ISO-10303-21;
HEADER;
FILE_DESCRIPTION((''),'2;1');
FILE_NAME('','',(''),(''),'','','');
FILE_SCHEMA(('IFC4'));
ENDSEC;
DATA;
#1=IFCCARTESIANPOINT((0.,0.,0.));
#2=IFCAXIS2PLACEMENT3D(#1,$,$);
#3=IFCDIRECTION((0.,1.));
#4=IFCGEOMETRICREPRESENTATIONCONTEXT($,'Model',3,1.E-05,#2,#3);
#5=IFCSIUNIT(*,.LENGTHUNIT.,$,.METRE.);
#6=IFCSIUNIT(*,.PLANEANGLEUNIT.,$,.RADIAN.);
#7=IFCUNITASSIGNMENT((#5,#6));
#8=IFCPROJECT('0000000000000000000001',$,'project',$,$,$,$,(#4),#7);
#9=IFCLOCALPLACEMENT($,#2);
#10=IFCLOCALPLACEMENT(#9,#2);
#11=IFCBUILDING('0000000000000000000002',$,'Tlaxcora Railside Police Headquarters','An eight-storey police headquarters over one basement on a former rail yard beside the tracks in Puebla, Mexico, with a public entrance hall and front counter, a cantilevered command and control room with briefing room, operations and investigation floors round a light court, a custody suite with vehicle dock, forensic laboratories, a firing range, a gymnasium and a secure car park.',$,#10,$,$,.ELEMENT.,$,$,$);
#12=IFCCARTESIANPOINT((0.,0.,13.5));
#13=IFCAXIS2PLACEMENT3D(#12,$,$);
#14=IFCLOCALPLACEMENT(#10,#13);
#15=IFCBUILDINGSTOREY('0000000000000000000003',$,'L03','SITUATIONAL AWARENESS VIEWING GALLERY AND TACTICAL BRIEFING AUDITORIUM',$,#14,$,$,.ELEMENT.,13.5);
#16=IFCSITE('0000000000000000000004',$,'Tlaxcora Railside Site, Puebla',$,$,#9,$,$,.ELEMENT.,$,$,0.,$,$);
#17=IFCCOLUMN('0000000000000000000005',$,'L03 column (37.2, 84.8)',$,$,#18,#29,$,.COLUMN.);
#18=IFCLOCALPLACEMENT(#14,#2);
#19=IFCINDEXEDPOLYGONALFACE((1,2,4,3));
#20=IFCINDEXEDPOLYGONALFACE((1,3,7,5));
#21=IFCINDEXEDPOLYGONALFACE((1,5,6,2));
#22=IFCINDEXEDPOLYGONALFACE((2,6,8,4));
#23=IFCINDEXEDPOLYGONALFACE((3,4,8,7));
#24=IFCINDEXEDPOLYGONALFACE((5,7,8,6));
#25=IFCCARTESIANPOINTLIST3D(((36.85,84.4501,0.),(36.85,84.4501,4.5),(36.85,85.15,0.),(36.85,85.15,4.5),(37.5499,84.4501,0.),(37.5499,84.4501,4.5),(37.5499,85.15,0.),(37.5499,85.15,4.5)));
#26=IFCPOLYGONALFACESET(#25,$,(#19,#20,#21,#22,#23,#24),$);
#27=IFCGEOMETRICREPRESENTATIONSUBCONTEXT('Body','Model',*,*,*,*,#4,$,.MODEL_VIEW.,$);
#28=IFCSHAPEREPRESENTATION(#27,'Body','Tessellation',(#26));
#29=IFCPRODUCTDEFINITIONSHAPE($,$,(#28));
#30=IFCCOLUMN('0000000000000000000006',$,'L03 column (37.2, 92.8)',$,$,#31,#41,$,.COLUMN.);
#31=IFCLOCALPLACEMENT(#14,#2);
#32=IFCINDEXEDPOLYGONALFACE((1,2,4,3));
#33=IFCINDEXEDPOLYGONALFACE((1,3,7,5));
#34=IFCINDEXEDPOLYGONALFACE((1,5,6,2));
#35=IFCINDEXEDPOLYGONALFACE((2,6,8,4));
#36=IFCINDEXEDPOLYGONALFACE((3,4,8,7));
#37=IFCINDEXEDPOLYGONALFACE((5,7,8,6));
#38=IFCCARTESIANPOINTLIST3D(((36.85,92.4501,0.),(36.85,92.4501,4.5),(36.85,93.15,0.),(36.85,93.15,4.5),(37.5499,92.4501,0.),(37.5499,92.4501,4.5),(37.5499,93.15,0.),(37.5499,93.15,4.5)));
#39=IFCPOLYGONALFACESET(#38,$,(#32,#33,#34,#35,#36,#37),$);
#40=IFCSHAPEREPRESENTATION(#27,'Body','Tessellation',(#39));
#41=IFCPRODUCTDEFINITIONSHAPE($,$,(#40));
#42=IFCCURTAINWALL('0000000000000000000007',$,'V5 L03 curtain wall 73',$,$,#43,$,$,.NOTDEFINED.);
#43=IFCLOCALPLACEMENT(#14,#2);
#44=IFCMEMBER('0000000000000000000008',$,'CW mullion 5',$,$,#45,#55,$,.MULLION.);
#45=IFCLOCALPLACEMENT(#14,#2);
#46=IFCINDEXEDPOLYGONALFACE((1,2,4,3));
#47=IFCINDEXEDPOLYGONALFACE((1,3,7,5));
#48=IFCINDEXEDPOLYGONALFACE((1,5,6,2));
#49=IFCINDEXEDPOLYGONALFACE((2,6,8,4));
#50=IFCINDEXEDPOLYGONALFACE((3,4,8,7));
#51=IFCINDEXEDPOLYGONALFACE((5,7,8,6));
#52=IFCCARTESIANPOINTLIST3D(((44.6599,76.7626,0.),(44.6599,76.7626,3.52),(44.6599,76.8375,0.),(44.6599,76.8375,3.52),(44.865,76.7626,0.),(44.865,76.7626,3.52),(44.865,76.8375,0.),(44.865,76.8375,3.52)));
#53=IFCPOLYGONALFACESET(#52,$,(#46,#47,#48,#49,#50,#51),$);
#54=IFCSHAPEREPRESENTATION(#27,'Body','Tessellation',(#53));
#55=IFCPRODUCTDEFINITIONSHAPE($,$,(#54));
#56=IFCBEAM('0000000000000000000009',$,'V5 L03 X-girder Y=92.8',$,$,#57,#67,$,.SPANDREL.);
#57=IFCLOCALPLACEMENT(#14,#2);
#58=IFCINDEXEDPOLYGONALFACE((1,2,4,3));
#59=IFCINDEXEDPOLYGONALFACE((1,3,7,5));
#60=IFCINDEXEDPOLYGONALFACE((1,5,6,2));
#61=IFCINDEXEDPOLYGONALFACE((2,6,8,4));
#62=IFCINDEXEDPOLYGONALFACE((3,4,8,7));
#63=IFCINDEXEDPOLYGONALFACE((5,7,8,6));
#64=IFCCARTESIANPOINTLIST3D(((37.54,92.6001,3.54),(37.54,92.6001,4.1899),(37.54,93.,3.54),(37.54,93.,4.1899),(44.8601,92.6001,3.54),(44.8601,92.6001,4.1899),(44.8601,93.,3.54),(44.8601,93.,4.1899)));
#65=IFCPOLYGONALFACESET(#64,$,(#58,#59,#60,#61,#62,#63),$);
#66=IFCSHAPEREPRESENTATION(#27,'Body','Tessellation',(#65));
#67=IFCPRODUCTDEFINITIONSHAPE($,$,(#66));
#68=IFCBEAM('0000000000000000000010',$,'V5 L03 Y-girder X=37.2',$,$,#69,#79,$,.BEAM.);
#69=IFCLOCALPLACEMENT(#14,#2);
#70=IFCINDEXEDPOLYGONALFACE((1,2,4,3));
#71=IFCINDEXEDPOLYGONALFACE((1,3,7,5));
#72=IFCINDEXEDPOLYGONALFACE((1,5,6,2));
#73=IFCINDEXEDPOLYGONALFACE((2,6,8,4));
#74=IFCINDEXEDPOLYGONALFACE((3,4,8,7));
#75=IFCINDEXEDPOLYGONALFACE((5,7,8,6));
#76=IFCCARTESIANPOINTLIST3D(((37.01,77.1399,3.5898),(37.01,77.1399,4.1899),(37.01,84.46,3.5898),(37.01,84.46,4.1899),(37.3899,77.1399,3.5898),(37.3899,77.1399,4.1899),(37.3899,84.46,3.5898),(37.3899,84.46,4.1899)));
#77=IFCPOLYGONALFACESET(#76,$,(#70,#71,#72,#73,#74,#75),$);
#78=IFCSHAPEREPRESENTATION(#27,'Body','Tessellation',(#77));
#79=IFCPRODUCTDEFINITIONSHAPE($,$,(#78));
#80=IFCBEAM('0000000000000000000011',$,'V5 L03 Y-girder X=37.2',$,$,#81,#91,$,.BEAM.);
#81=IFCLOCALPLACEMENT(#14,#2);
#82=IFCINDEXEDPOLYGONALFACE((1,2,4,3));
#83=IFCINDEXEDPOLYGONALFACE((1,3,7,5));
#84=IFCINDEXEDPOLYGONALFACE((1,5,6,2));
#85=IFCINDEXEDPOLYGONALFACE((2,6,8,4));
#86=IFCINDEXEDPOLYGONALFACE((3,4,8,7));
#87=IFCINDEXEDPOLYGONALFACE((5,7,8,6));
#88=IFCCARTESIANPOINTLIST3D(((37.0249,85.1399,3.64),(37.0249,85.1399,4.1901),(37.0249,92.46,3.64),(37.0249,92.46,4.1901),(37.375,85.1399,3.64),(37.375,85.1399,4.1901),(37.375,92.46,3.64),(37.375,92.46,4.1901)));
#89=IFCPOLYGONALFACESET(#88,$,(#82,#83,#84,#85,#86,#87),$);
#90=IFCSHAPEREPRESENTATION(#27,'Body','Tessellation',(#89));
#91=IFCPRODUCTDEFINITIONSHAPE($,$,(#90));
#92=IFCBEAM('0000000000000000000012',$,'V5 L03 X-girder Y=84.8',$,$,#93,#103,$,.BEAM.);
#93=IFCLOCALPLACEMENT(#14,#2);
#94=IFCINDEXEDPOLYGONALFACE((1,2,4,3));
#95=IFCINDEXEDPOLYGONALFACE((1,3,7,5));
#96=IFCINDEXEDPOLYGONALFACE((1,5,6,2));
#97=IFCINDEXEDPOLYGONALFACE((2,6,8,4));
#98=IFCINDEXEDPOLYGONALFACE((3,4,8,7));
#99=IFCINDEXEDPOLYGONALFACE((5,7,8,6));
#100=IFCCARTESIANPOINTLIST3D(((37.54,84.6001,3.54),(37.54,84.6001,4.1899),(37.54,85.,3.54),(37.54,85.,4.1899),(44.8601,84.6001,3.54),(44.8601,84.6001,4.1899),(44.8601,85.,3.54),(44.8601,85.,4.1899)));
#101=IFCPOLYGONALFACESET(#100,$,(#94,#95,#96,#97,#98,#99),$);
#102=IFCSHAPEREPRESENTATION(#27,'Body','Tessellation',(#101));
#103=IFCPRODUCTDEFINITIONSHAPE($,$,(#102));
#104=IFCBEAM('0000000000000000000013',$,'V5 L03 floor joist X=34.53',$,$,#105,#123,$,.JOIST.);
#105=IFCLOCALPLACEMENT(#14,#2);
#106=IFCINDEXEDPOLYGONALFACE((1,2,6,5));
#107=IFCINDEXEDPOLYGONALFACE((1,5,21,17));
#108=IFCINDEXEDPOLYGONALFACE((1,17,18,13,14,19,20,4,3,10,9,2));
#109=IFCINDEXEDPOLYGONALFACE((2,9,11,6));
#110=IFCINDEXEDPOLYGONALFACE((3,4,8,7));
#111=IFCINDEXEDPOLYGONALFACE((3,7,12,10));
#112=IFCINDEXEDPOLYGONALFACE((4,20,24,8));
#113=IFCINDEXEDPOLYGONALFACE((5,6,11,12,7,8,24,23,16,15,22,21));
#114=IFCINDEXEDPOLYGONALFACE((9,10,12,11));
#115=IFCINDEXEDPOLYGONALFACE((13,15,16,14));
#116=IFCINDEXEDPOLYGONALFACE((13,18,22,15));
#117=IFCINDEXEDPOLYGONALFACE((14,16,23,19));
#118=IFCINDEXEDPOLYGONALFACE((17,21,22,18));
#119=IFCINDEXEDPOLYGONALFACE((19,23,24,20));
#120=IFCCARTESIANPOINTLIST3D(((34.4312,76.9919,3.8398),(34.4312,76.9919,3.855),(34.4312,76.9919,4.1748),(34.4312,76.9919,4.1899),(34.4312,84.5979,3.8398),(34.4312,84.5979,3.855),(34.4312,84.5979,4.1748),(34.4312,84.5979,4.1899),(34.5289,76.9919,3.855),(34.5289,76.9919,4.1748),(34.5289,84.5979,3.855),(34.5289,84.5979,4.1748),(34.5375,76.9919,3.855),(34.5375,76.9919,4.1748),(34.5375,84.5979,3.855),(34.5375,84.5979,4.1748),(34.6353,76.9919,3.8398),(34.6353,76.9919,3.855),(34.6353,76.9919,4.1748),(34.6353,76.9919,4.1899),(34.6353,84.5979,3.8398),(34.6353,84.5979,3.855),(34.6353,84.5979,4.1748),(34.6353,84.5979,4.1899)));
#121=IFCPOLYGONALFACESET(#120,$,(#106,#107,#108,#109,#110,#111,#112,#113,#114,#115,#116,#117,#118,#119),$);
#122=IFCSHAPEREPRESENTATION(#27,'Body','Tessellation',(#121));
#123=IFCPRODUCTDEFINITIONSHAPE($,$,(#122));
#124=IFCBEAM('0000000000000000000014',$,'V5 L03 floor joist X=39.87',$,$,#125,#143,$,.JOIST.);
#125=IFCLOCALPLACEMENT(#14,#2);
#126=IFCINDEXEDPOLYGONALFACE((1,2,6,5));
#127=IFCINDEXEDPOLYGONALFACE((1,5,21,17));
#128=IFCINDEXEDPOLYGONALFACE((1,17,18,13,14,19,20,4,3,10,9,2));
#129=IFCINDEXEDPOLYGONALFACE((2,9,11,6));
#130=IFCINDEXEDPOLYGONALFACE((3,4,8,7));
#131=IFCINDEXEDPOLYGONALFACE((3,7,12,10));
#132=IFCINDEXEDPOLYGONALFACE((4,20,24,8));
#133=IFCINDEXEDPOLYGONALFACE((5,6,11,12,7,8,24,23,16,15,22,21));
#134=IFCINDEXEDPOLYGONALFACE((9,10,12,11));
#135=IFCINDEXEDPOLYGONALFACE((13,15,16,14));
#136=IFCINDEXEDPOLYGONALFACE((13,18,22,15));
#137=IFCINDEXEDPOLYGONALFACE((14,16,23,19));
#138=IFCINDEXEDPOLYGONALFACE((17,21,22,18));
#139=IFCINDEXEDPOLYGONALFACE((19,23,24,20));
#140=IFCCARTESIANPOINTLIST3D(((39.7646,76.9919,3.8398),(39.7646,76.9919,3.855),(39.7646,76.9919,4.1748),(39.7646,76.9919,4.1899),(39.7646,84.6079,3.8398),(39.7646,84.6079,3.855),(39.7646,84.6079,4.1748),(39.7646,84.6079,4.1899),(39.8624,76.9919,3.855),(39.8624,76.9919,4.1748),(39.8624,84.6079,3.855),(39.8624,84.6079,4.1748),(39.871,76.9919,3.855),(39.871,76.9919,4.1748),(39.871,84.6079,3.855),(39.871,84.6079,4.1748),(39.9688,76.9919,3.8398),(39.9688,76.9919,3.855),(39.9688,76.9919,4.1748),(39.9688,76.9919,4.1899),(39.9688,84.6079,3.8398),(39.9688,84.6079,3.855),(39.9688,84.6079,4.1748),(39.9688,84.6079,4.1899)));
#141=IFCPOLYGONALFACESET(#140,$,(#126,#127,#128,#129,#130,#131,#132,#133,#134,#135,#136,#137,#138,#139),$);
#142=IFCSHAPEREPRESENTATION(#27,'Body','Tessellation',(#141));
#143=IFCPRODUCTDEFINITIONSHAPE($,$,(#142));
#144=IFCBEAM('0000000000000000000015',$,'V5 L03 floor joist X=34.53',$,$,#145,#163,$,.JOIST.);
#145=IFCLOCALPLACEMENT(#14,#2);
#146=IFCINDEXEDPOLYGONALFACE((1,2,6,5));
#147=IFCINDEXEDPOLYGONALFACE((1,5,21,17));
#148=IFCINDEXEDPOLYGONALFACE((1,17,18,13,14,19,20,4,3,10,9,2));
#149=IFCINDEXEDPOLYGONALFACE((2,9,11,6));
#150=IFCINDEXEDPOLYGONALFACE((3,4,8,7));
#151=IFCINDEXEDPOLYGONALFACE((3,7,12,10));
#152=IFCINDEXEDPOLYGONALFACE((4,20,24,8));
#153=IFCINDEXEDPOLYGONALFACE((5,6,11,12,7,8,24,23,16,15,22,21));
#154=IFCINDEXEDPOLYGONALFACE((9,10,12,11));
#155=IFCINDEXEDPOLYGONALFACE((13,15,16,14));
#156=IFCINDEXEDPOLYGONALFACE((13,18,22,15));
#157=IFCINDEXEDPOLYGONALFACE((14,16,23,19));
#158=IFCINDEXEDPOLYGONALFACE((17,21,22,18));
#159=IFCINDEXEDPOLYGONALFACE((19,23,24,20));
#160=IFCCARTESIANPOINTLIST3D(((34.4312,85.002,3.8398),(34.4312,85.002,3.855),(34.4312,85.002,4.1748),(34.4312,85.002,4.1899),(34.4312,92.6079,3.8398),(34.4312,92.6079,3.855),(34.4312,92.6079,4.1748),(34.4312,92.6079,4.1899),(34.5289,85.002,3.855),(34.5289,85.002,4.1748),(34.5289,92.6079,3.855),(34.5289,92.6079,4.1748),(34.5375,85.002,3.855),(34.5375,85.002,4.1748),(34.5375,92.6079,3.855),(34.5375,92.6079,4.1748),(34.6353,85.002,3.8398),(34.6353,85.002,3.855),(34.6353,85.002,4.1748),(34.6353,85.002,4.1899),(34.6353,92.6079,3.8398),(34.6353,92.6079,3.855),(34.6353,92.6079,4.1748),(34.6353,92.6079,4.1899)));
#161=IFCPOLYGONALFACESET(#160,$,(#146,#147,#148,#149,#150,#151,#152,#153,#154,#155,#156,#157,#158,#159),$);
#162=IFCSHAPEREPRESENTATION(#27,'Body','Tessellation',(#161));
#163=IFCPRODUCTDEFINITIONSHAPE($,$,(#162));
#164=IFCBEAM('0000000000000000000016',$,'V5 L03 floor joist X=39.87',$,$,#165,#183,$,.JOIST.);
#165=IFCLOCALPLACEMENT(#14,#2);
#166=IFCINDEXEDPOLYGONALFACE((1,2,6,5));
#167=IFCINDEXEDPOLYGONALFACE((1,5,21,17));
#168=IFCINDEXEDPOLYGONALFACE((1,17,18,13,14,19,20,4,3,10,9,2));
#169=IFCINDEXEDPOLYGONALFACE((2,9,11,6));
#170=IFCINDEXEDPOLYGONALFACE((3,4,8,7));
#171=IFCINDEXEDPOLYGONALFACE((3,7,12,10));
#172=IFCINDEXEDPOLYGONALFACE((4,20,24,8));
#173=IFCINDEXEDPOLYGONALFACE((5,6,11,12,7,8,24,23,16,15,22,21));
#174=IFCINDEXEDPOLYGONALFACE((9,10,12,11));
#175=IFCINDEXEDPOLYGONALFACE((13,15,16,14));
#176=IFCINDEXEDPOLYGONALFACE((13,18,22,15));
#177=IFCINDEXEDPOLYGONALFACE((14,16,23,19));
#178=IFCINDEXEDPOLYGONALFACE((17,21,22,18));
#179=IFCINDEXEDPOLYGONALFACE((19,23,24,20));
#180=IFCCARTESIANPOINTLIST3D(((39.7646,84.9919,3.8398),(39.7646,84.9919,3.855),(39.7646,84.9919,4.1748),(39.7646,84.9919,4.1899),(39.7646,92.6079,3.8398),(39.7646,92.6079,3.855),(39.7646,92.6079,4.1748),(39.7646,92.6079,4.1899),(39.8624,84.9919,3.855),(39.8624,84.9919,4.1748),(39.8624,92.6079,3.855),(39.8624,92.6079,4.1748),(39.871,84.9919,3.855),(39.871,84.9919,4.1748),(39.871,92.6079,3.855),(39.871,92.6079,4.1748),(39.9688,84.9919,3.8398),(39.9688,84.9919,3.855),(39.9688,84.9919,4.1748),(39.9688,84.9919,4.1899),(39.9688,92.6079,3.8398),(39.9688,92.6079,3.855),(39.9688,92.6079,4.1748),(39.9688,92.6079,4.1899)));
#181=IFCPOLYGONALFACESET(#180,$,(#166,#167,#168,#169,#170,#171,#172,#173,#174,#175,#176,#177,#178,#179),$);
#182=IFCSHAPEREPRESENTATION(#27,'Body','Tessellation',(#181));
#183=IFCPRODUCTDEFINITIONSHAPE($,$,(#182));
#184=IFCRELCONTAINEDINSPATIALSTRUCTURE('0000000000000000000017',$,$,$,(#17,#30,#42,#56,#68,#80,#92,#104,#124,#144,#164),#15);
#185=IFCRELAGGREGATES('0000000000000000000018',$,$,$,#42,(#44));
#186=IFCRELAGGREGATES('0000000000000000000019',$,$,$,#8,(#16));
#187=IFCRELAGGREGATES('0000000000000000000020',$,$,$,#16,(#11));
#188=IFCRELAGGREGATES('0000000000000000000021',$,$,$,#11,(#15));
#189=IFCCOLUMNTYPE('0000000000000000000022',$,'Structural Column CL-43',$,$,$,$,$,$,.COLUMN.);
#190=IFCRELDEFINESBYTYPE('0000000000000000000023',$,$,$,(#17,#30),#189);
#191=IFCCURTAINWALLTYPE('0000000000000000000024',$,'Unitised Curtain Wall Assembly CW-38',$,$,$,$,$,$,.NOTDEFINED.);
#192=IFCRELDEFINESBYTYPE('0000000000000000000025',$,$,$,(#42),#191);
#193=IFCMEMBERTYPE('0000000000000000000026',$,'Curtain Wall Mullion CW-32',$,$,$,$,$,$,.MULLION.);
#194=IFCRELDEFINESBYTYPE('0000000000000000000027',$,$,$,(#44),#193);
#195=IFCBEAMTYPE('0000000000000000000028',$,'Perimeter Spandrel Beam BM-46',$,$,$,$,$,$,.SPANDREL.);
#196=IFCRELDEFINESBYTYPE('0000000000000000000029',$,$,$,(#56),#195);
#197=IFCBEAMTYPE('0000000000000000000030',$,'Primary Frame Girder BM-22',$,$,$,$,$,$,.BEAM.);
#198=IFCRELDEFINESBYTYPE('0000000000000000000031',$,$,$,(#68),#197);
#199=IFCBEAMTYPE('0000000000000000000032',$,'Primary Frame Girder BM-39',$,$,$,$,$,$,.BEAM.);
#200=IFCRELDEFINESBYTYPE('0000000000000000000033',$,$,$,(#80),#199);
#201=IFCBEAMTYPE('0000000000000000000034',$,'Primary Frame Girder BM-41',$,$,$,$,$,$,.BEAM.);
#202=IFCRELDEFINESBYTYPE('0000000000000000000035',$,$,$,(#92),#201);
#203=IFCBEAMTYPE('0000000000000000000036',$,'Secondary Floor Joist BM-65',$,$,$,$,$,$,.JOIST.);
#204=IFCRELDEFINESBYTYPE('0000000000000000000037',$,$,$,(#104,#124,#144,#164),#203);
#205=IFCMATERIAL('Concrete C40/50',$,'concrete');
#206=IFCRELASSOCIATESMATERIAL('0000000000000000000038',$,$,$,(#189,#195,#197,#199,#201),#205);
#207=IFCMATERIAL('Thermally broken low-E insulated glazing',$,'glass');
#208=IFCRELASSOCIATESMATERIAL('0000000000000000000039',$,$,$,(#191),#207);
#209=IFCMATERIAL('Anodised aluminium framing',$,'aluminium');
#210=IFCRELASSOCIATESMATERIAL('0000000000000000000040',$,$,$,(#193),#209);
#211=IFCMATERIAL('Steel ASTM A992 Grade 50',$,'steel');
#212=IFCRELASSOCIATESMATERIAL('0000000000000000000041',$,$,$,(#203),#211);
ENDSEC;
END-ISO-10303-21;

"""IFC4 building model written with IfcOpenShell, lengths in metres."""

from ifc_helpers import new_model, si_unit, direction, frame, origin, origin_2d, place, context, subcontext, project, spatial, rectangle, i_section, extrude, material, material_profile, profile_set, type_object, element, aggregate, save


model = new_model("IFC4")

# Units and contexts
model_context = context("Model", 3, precision=1e-05, world=origin(), true_north=direction((0.0, 1.0)))
body_context = subcontext(model_context, "Body", "Model", "MODEL_VIEW")
ifc_project = project(units=[si_unit("LENGTHUNIT", "METRE"), si_unit("PLANEANGLEUNIT", "RADIAN")], contexts=[model_context])

# Site, building, storey
site_placement = place(None, origin())
site = spatial("IfcSite", under=ifc_project, at=site_placement, Name="Tlaxcora Railside Site, Puebla", CompositionType="ELEMENT", RefElevation=0.0)
building_placement = place(site_placement, origin())
building = spatial("IfcBuilding", under=site, at=building_placement, Name="Tlaxcora Railside Police Headquarters", Description="An eight-storey police headquarters over one basement on a former rail yard beside the tracks in Puebla, Mexico, with a public entrance hall and front counter, a cantilevered command and control room with briefing room, operations and investigation floors round a light court, a custody suite with vehicle dock, forensic laboratories, a firing range, a gymnasium and a secure car park.", CompositionType="ELEMENT")
storey_placement = place(building_placement, frame((0.0, 0.0, 13.5)))
storey = spatial("IfcBuildingStorey", under=building, at=storey_placement, Name="L03", Description="SITUATIONAL AWARENESS VIEWING GALLERY AND TACTICAL BRIEFING AUDITORIUM", CompositionType="ELEMENT", Elevation=13.5)

# Columns
ifc_material_1 = material(Name="Concrete C40/50", Category="concrete")
ifc_material_profile_1 = material_profile(ifc_material_1, rectangle(XDim=0.7, YDim=0.7, at=origin_2d()), Name="RC700X700")
ifc_profile_set_1 = profile_set([ifc_material_profile_1], Name="Concrete C40/50")
column_type = type_object("IfcColumnType", Name="Structural Column CL-43", PredefinedType="COLUMN", material=ifc_profile_set_1)
for number, where, z_axis, x_axis, name in (
    (1, (37.2, 84.8, 0.0), (0.0, 0.0, 1.0), (1.0, 0.0, 0.0), "L03 column (37.2, 84.8)"),
    (2, (37.2, 92.8, 0.0), (0.0, 0.0, 1.0), (1.0, 0.0, 0.0), "L03 column (37.2, 92.8)"),
):
    element("IfcColumn", number, at=place(storey_placement, frame(where, z_axis=z_axis, x_axis=x_axis)), inside=storey, type_object=column_type, Name=name, PredefinedType="COLUMN", context=body_context, shape_type="SweptSolid", body=[
        extrude(rectangle(XDim=0.7, YDim=0.7, at=origin_2d()), origin(), (0.0, 0.0, 1.0), 4.5),
    ])

# Curtain wall, member
ifc_material_2 = material(Name="Thermally broken low-E insulated glazing", Category="glass")
curtain_wall_type = type_object("IfcCurtainWallType", Name="Unitised Curtain Wall Assembly CW-38", PredefinedType="NOTDEFINED", material=ifc_material_2)
curtain_wall_placement = place(storey_placement, origin())
curtain_wall = element("IfcCurtainWall", 3, at=curtain_wall_placement, inside=storey, type_object=curtain_wall_type, Name="V5 L03 curtain wall 73", PredefinedType="NOTDEFINED")
ifc_material_3 = material(Name="Anodised aluminium framing", Category="aluminium")
ifc_material_profile_2 = material_profile(ifc_material_3, rectangle(XDim=0.075, YDim=0.2051, at=origin_2d()), Name="AL75X205")
ifc_profile_set_2 = profile_set([ifc_material_profile_2], Name="Anodised aluminium framing")
member_type = type_object("IfcMemberType", Name="Curtain Wall Mullion CW-32", PredefinedType="MULLION", material=ifc_profile_set_2)
member_placement = place(storey_placement, frame((44.7625, 76.8, 0.0), z_axis=(0.0, 0.0, 1.0), x_axis=(0.0, 1.0, 0.0)))
member = element("IfcMember", 4, at=member_placement, type_object=member_type, Name="CW mullion 5", PredefinedType="MULLION", context=body_context, shape_type="SweptSolid", body=[
    extrude(rectangle(XDim=0.075, YDim=0.2051, at=origin_2d()), origin(), (0.0, 0.0, 1.0), 3.52),
])

# Beams
ifc_material_profile_3 = material_profile(ifc_material_1, rectangle(XDim=0.3999, YDim=0.6499, at=origin_2d()), Name="RC400X650")
ifc_profile_set_3 = profile_set([ifc_material_profile_3], Name="Concrete C40/50")
beam_type_1 = type_object("IfcBeamType", Name="Perimeter Spandrel Beam BM-46", PredefinedType="SPANDREL", material=ifc_profile_set_3)
beam_1_placement = place(storey_placement, frame((37.54, 92.8, 3.865), z_axis=(1.0, 0.0, 0.0), x_axis=(0.0, 1.0, 0.0)))
element("IfcBeam", 5, at=beam_1_placement, inside=storey, type_object=beam_type_1, Name="V5 L03 X-girder Y=92.8", PredefinedType="SPANDREL", context=body_context, shape_type="SweptSolid", body=[
    extrude(rectangle(XDim=0.3999, YDim=0.6499, at=origin_2d()), origin(), (0.0, 0.0, 1.0), 7.3201),
])
ifc_material_profile_4 = material_profile(ifc_material_1, rectangle(XDim=0.3799, YDim=0.6001, at=origin_2d()), Name="RC380X600")
ifc_profile_set_4 = profile_set([ifc_material_profile_4], Name="Concrete C40/50")
beam_type_2 = type_object("IfcBeamType", Name="Primary Frame Girder BM-22", PredefinedType="BEAM", material=ifc_profile_set_4)
beam_2_placement = place(storey_placement, frame((37.2, 77.1399, 3.8899), z_axis=(0.0, 1.0, 0.0), x_axis=(-1.0, 0.0, 0.0)))
element("IfcBeam", 6, at=beam_2_placement, inside=storey, type_object=beam_type_2, Name="V5 L03 Y-girder X=37.2", PredefinedType="BEAM", context=body_context, shape_type="SweptSolid", body=[
    extrude(rectangle(XDim=0.3799, YDim=0.6001, at=origin_2d()), origin(), (0.0, 0.0, 1.0), 7.3201),
])
ifc_material_profile_5 = material_profile(ifc_material_1, rectangle(XDim=0.3501, YDim=0.55, at=origin_2d()), Name="RC350X550")
ifc_profile_set_5 = profile_set([ifc_material_profile_5], Name="Concrete C40/50")
beam_type_3 = type_object("IfcBeamType", Name="Primary Frame Girder BM-39", PredefinedType="BEAM", material=ifc_profile_set_5)
beam_3_placement = place(storey_placement, frame((37.2, 85.1399, 3.915), z_axis=(0.0, 1.0, 0.0), x_axis=(-1.0, 0.0, 0.0)))
element("IfcBeam", 7, at=beam_3_placement, inside=storey, type_object=beam_type_3, Name="V5 L03 Y-girder X=37.2", PredefinedType="BEAM", context=body_context, shape_type="SweptSolid", body=[
    extrude(rectangle(XDim=0.3501, YDim=0.55, at=origin_2d()), origin(), (0.0, 0.0, 1.0), 7.3201),
])
ifc_material_profile_6 = material_profile(ifc_material_1, rectangle(XDim=0.3999, YDim=0.6499, at=origin_2d()), Name="RC400X650")
ifc_profile_set_6 = profile_set([ifc_material_profile_6], Name="Concrete C40/50")
beam_type_4 = type_object("IfcBeamType", Name="Primary Frame Girder BM-41", PredefinedType="BEAM", material=ifc_profile_set_6)
beam_4_placement = place(storey_placement, frame((37.54, 84.8, 3.865), z_axis=(1.0, 0.0, 0.0), x_axis=(0.0, 1.0, 0.0)))
element("IfcBeam", 8, at=beam_4_placement, inside=storey, type_object=beam_type_4, Name="V5 L03 X-girder Y=84.8", PredefinedType="BEAM", context=body_context, shape_type="SweptSolid", body=[
    extrude(rectangle(XDim=0.3999, YDim=0.6499, at=origin_2d()), origin(), (0.0, 0.0, 1.0), 7.3201),
])
ifc_material_4 = material(Name="Steel ASTM A992 Grade 50", Category="steel")
ifc_material_profile_7 = material_profile(ifc_material_4, i_section(OverallWidth=0.2041, OverallDepth=0.3501, WebThickness=0.0085, FlangeThickness=0.0151, at=origin_2d()), Name="W14X48")
ifc_profile_set_7 = profile_set([ifc_material_profile_7], Name="Steel ASTM A992 Grade 50")
beam_type_5 = type_object("IfcBeamType", Name="Secondary Floor Joist BM-65", PredefinedType="JOIST", material=ifc_profile_set_7)
beam_5_placement = place(storey_placement, frame((34.5332, 76.9919, 4.0149), z_axis=(0.0, 1.0, 0.0), x_axis=(-1.0, 0.0, 0.0)))
element("IfcBeam", 9, at=beam_5_placement, inside=storey, type_object=beam_type_5, Name="V5 L03 floor joist X=34.53", PredefinedType="JOIST", context=body_context, shape_type="SweptSolid", body=[
    extrude(i_section(OverallWidth=0.2041, OverallDepth=0.3501, WebThickness=0.0085, FlangeThickness=0.0151, at=origin_2d()), origin(), (0.0, 0.0, 1.0), 7.606),
])
beam_6_placement = place(storey_placement, frame((39.8667, 76.9919, 4.0149), z_axis=(0.0, 1.0, 0.0), x_axis=(-1.0, 0.0, 0.0)))
element("IfcBeam", 10, at=beam_6_placement, inside=storey, type_object=beam_type_5, Name="V5 L03 floor joist X=39.87", PredefinedType="JOIST", context=body_context, shape_type="SweptSolid", body=[
    extrude(i_section(OverallWidth=0.2041, OverallDepth=0.3501, WebThickness=0.0085, FlangeThickness=0.0151, at=origin_2d()), origin(), (0.0, 0.0, 1.0), 7.616),
])
beam_7_placement = place(storey_placement, frame((34.5332, 85.002, 4.0149), z_axis=(0.0, 1.0, 0.0), x_axis=(-1.0, 0.0, 0.0)))
element("IfcBeam", 11, at=beam_7_placement, inside=storey, type_object=beam_type_5, Name="V5 L03 floor joist X=34.53", PredefinedType="JOIST", context=body_context, shape_type="SweptSolid", body=[
    extrude(i_section(OverallWidth=0.2041, OverallDepth=0.3501, WebThickness=0.0085, FlangeThickness=0.0151, at=origin_2d()), origin(), (0.0, 0.0, 1.0), 7.606),
])
beam_8_placement = place(storey_placement, frame((39.8667, 84.9919, 4.0149), z_axis=(0.0, 1.0, 0.0), x_axis=(-1.0, 0.0, 0.0)))
element("IfcBeam", 12, at=beam_8_placement, inside=storey, type_object=beam_type_5, Name="V5 L03 floor joist X=39.87", PredefinedType="JOIST", context=body_context, shape_type="SweptSolid", body=[
    extrude(i_section(OverallWidth=0.2041, OverallDepth=0.3501, WebThickness=0.0085, FlangeThickness=0.0151, at=origin_2d()), origin(), (0.0, 0.0, 1.0), 7.616),
])

aggregate(curtain_wall, [member])

save(model, "model.ifc")
